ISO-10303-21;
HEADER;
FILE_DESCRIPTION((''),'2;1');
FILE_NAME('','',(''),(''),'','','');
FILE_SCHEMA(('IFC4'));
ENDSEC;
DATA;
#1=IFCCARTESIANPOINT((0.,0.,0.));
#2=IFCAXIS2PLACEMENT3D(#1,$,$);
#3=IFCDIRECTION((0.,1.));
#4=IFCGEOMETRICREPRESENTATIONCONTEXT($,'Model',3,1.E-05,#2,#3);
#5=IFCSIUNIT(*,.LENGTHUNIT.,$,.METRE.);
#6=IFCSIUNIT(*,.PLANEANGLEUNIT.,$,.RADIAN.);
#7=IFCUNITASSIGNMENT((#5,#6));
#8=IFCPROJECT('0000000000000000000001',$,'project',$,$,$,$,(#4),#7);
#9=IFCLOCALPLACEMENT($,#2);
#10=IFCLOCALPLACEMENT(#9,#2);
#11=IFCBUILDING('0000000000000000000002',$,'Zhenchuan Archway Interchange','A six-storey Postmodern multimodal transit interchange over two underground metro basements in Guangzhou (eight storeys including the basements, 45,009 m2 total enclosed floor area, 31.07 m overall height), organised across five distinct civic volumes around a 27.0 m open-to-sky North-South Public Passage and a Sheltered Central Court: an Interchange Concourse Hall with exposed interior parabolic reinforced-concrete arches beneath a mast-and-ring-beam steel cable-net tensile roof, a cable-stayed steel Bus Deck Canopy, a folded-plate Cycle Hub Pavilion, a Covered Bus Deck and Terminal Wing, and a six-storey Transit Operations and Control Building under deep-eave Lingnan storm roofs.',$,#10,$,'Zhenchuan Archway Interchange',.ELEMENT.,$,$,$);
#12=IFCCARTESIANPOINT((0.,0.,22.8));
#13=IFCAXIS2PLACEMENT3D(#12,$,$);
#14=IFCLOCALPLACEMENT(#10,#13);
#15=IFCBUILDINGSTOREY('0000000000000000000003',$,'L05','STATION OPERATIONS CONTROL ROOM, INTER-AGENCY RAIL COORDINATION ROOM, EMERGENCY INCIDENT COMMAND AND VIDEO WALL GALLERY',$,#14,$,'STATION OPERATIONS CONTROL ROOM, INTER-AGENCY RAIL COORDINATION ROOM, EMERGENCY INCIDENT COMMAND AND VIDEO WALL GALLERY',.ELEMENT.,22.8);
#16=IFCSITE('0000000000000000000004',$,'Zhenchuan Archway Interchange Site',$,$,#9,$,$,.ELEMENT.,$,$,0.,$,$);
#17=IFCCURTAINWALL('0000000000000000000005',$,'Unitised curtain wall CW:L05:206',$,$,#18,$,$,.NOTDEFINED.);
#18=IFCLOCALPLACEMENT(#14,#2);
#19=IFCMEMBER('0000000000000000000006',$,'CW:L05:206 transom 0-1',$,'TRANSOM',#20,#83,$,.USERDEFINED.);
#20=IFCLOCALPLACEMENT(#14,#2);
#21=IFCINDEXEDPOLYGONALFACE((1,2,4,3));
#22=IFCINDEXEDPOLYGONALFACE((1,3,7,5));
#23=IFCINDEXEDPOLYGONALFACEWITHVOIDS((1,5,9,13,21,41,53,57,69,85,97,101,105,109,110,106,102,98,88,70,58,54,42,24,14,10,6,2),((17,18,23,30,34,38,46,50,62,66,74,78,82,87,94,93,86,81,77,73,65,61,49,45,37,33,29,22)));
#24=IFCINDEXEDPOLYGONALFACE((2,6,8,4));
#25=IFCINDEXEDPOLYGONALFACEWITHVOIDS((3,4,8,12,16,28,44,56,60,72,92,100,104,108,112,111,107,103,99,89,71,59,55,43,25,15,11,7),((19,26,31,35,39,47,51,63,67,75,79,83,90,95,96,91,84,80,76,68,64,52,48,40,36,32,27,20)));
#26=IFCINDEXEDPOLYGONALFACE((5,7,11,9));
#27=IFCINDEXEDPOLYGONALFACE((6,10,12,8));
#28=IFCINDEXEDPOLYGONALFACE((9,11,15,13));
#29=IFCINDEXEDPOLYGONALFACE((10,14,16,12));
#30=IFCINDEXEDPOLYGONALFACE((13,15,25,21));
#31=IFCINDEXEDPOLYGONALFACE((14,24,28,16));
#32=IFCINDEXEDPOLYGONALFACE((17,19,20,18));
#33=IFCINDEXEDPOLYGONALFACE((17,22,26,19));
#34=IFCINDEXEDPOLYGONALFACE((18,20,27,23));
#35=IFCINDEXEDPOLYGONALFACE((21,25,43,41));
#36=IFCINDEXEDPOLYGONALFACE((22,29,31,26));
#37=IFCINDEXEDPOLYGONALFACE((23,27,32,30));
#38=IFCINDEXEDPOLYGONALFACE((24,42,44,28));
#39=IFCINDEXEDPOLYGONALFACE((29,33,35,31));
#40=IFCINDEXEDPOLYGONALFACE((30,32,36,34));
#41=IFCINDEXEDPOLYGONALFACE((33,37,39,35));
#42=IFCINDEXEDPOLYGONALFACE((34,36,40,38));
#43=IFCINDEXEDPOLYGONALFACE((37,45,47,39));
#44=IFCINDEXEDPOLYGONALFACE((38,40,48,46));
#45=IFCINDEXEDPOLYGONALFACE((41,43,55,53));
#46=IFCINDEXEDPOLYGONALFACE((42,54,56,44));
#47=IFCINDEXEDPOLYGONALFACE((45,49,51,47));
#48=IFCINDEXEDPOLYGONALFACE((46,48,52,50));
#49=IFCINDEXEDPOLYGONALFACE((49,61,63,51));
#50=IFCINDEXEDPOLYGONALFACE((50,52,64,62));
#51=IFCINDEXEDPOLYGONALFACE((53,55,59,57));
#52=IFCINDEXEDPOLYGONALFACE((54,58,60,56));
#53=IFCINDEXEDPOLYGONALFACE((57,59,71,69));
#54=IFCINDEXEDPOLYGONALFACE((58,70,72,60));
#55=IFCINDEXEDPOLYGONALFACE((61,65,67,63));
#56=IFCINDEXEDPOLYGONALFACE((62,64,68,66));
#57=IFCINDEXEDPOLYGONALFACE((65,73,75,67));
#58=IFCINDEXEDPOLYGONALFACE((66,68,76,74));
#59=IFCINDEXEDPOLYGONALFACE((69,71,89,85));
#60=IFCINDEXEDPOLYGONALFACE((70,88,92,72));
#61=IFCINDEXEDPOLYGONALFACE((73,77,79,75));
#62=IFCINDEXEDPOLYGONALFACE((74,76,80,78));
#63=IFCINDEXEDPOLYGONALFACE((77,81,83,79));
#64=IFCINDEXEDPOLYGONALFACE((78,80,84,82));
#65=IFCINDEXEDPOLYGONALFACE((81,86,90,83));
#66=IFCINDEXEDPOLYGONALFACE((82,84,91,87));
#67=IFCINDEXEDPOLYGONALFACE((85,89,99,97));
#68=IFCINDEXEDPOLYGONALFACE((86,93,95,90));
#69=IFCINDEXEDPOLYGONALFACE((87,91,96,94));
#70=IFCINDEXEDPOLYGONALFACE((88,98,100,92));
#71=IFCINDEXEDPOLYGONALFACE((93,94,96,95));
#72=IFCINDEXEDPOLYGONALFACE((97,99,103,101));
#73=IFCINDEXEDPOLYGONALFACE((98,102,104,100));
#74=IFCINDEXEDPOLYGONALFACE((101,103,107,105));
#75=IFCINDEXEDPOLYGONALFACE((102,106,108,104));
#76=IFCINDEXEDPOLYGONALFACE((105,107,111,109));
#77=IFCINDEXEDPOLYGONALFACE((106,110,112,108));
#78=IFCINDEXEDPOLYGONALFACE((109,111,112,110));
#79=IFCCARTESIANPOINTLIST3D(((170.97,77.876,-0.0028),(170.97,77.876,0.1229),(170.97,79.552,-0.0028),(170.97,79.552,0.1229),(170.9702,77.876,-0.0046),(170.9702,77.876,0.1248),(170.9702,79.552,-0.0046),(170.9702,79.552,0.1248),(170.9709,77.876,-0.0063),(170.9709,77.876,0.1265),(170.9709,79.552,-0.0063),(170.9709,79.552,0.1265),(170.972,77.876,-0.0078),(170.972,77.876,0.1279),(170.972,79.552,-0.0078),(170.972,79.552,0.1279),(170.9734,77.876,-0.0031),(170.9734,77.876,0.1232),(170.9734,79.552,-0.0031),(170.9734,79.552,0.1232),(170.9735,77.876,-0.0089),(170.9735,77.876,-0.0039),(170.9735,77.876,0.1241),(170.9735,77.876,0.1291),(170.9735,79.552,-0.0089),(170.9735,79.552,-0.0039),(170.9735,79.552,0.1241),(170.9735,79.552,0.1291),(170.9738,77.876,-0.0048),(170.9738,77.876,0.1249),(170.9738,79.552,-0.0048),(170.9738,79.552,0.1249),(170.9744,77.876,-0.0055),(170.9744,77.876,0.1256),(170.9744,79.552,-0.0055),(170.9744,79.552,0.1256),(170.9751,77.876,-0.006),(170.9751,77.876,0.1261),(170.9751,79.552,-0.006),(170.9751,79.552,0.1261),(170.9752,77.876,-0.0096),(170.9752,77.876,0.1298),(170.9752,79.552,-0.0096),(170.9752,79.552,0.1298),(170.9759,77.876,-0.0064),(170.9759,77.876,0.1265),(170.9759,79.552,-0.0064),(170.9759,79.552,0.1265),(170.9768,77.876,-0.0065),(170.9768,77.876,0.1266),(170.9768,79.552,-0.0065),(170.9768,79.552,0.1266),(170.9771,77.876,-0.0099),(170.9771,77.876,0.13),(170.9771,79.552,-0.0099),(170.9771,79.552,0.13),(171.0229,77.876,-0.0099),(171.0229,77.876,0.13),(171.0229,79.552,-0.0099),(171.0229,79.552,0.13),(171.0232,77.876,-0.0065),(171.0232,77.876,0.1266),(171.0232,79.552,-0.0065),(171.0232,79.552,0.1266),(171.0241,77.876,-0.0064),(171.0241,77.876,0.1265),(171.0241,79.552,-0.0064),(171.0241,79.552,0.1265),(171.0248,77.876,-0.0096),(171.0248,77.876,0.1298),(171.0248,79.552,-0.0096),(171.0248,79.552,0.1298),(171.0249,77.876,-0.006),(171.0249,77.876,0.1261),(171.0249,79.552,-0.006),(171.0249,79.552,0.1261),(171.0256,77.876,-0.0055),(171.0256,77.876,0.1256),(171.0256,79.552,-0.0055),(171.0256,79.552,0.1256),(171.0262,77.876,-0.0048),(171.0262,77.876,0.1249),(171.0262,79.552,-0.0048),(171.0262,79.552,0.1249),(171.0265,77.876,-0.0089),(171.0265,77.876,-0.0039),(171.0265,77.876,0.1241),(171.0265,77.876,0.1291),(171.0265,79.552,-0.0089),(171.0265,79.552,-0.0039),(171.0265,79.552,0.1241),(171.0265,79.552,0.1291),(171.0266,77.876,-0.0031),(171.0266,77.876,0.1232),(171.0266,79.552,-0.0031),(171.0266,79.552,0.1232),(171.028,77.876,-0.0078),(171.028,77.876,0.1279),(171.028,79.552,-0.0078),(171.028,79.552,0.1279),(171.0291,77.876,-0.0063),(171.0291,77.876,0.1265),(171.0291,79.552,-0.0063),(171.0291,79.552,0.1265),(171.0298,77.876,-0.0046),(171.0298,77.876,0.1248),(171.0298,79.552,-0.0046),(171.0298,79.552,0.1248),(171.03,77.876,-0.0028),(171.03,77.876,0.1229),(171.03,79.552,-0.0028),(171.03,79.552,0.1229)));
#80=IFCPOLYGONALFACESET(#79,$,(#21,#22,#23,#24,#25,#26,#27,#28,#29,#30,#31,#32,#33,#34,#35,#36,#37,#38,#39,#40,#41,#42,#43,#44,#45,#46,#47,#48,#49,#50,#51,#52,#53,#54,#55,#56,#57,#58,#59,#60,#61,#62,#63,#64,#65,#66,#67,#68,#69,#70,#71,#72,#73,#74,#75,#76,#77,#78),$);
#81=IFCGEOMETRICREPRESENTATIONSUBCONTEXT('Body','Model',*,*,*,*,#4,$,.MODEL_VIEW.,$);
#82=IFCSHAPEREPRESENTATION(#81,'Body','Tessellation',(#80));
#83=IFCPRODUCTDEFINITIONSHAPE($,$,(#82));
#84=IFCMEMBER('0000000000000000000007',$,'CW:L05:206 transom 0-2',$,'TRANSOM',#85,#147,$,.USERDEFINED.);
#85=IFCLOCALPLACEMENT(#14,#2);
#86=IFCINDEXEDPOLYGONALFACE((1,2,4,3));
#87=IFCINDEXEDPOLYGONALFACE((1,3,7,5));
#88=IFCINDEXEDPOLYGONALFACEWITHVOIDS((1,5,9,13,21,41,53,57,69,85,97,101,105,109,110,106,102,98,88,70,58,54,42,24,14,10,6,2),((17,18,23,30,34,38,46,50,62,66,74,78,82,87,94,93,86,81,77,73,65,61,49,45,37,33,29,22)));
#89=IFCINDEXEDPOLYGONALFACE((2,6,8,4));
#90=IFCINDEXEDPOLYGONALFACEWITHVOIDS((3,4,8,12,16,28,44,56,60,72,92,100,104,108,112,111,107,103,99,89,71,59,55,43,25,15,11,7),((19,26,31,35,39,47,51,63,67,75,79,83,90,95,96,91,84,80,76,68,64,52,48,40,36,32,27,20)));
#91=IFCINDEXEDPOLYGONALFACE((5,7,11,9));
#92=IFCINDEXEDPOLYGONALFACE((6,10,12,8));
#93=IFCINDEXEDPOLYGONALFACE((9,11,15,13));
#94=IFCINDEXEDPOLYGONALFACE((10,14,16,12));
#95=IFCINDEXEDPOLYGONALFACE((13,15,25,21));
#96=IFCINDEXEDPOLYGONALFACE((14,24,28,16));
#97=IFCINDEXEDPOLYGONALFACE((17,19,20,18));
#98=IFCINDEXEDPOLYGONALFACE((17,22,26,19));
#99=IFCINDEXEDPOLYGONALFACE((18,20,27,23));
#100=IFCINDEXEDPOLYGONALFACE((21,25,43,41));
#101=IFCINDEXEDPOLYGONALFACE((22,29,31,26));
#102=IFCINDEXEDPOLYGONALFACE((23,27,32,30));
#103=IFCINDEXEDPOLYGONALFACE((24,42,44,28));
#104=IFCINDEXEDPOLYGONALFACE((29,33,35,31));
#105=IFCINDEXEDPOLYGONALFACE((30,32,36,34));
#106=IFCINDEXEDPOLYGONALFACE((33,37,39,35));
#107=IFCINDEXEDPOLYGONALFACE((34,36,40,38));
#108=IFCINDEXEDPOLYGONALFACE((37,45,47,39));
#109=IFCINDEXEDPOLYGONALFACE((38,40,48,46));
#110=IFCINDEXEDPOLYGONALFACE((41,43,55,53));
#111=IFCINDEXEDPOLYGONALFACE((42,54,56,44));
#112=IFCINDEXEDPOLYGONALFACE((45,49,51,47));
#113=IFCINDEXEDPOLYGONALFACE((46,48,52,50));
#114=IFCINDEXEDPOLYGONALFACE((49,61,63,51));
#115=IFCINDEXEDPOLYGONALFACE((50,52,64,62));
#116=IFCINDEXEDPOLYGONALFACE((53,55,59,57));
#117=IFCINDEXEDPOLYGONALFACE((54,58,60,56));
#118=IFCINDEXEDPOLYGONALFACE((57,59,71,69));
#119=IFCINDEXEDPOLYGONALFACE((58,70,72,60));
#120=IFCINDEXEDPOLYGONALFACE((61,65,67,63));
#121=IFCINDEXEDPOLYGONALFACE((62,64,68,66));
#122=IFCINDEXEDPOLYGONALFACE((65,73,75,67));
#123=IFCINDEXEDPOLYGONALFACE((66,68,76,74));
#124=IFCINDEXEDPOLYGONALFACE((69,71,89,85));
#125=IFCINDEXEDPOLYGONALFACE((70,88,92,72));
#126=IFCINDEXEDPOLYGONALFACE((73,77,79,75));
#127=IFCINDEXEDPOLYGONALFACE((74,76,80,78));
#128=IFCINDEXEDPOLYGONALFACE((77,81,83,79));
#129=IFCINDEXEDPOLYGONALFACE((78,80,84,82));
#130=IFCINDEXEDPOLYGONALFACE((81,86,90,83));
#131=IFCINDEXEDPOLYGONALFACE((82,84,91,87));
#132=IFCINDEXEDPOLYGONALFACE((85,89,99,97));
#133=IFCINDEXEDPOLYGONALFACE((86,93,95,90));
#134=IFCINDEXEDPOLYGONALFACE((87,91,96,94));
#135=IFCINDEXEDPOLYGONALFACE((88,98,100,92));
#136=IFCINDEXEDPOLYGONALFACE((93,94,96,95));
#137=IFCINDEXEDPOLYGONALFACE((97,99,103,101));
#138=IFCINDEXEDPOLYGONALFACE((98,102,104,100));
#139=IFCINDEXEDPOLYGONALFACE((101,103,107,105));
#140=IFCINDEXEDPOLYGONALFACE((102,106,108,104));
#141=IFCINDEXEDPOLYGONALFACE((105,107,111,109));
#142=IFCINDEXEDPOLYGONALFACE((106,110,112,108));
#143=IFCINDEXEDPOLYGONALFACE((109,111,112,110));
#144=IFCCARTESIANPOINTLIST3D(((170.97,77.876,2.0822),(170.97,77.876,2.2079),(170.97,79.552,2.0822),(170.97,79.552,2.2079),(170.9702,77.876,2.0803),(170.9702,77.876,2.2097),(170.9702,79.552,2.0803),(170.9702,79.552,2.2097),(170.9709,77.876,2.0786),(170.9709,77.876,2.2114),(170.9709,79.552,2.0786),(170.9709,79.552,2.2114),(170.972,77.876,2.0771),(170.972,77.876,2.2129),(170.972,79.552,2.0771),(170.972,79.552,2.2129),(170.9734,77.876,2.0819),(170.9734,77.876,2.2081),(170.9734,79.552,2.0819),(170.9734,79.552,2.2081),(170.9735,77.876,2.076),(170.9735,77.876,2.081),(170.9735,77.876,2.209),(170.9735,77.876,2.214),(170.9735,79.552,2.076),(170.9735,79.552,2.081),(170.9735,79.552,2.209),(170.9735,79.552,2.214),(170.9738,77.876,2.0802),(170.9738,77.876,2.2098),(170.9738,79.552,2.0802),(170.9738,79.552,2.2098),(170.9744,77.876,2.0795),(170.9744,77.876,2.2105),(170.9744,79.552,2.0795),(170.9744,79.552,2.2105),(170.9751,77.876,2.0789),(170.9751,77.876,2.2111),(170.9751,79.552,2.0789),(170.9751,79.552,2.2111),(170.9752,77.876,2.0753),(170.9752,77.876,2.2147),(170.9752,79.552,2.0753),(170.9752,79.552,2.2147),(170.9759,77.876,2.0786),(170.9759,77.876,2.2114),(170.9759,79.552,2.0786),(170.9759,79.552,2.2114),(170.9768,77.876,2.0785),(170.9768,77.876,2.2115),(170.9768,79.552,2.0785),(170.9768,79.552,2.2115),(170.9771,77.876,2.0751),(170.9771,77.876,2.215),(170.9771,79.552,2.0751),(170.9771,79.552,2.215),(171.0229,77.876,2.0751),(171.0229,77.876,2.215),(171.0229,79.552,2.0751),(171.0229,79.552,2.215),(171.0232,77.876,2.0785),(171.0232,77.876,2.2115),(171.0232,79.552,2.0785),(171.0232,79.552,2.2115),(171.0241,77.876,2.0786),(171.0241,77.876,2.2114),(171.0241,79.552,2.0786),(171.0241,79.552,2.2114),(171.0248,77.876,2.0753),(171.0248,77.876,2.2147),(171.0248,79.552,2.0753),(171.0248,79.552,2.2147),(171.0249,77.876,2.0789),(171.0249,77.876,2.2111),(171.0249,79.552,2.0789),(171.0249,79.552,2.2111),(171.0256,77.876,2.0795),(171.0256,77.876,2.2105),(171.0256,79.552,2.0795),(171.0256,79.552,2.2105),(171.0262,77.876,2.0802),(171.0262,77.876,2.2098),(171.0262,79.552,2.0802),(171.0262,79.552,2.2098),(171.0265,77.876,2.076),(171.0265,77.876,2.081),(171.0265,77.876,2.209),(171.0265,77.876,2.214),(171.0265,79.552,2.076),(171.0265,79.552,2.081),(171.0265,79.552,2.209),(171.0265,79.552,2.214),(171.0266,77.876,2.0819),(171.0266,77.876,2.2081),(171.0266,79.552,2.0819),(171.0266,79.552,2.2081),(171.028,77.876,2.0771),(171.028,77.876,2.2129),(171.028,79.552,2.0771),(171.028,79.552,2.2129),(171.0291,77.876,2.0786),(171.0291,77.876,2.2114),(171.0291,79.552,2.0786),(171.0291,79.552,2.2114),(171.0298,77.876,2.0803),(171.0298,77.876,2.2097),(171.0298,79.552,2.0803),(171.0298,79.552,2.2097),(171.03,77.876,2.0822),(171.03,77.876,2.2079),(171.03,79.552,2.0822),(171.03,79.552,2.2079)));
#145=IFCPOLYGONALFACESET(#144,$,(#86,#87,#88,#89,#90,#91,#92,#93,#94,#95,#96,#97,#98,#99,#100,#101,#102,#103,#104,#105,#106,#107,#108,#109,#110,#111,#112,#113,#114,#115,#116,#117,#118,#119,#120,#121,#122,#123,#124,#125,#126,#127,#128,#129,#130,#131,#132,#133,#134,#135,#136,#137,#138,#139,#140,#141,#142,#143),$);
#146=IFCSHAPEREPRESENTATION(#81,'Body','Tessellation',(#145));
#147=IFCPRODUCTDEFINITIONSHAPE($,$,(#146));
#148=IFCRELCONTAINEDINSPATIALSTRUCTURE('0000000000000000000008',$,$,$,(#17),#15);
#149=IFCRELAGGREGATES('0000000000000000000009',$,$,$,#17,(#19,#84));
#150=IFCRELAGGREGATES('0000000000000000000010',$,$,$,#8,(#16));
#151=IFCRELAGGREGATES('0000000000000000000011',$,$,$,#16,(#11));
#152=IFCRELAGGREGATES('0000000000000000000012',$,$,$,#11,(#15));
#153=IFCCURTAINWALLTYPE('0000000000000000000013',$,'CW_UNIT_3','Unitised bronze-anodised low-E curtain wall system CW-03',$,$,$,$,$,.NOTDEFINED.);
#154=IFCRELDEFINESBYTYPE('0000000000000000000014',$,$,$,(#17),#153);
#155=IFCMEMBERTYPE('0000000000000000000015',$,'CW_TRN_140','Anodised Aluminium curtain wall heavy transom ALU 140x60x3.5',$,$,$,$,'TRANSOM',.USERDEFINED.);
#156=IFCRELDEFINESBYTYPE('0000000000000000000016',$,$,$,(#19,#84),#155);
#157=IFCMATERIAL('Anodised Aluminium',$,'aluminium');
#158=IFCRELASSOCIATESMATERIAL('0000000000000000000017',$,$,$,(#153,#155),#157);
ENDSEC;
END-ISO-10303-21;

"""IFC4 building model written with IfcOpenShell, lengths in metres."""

from ifc_helpers import new_model, si_unit, direction, frame, origin, origin_2d, place, context, subcontext, project, spatial, hollow_rectangle, extrude, material, material_profile, profile_set, type_object, element, aggregate, save


model = new_model("IFC4")

# Units and contexts
model_context = context("Model", 3, precision=1e-05, world=origin(), true_north=direction((0.0, 1.0)))
body_context = subcontext(model_context, "Body", "Model", "MODEL_VIEW")
ifc_project = project(units=[si_unit("LENGTHUNIT", "METRE"), si_unit("PLANEANGLEUNIT", "RADIAN")], contexts=[model_context])

# Site, building, storey
site_placement = place(None, origin())
site = spatial("IfcSite", under=ifc_project, at=site_placement, Name="Zhenchuan Archway Interchange Site", CompositionType="ELEMENT", RefElevation=0.0)
building_placement = place(site_placement, origin())
building = spatial("IfcBuilding", under=site, at=building_placement, Name="Zhenchuan Archway Interchange", Description="A six-storey Postmodern multimodal transit interchange over two underground metro basements in Guangzhou (eight storeys including the basements, 45,009 m2 total enclosed floor area, 31.07 m overall height), organised across five distinct civic volumes around a 27.0 m open-to-sky North-South Public Passage and a Sheltered Central Court: an Interchange Concourse Hall with exposed interior parabolic reinforced-concrete arches beneath a mast-and-ring-beam steel cable-net tensile roof, a cable-stayed steel Bus Deck Canopy, a folded-plate Cycle Hub Pavilion, a Covered Bus Deck and Terminal Wing, and a six-storey Transit Operations and Control Building under deep-eave Lingnan storm roofs.", LongName="Zhenchuan Archway Interchange", CompositionType="ELEMENT")
storey_placement = place(building_placement, frame((0.0, 0.0, 22.8)))
storey = spatial("IfcBuildingStorey", under=building, at=storey_placement, Name="L05", Description="STATION OPERATIONS CONTROL ROOM, INTER-AGENCY RAIL COORDINATION ROOM, EMERGENCY INCIDENT COMMAND AND VIDEO WALL GALLERY", LongName="STATION OPERATIONS CONTROL ROOM, INTER-AGENCY RAIL COORDINATION ROOM, EMERGENCY INCIDENT COMMAND AND VIDEO WALL GALLERY", CompositionType="ELEMENT", Elevation=22.8)

# Curtain wall, members
ifc_material_1 = material(Name="Anodised Aluminium", Category="aluminium")
curtain_wall_type = type_object("IfcCurtainWallType", Name="CW_UNIT_3", Description="Unitised bronze-anodised low-E curtain wall system CW-03", PredefinedType="NOTDEFINED", material=ifc_material_1)
curtain_wall_placement = place(storey_placement, origin())
curtain_wall = element("IfcCurtainWall", 1, at=curtain_wall_placement, inside=storey, type_object=curtain_wall_type, Name="Unitised curtain wall CW:L05:206", PredefinedType="NOTDEFINED")
ifc_material_profile_1 = material_profile(ifc_material_1, hollow_rectangle(XDim=0.0601, YDim=0.1399, WallThickness=0.0034, InnerFilletRadius=0.0034, OuterFilletRadius=0.0071, at=origin_2d()), Name="ALU 140x60x3.5")
ifc_profile_set_1 = profile_set([ifc_material_profile_1], Name="Anodised Aluminium")
member_type_1 = type_object("IfcMemberType", Name="CW_TRN_140", Description="Anodised Aluminium curtain wall heavy transom ALU 140x60x3.5", ElementType="TRANSOM", PredefinedType="USERDEFINED", material=ifc_profile_set_1)
member_1_placement = place(storey_placement, frame((171.0, 79.552, 0.0601), z_axis=(0.0, -1.0, 0.0), x_axis=(1.0, 0.0, 0.0)))
member_1 = element("IfcMember", 2, at=member_1_placement, type_object=member_type_1, Name="CW:L05:206 transom 0-1", ObjectType="TRANSOM", PredefinedType="USERDEFINED", context=body_context, shape_type="SweptSolid", body=[
    extrude(hollow_rectangle(XDim=0.0601, YDim=0.1399, WallThickness=0.0034, InnerFilletRadius=0.0034, OuterFilletRadius=0.0071, at=origin_2d()), origin(), (0.0, 0.0, 1.0), 1.676),
])
member_2_placement = place(storey_placement, frame((171.0, 79.552, 2.145), z_axis=(0.0, -1.0, 0.0), x_axis=(1.0, 0.0, 0.0)))
member_2 = element("IfcMember", 3, at=member_2_placement, type_object=member_type_1, Name="CW:L05:206 transom 0-2", ObjectType="TRANSOM", PredefinedType="USERDEFINED", context=body_context, shape_type="SweptSolid", body=[
    extrude(hollow_rectangle(XDim=0.0601, YDim=0.1399, WallThickness=0.0034, InnerFilletRadius=0.0034, OuterFilletRadius=0.0071, at=origin_2d()), origin(), (0.0, 0.0, 1.0), 1.676),
])

aggregate(curtain_wall, [member_1, member_2])

save(model, "model.ifc")
